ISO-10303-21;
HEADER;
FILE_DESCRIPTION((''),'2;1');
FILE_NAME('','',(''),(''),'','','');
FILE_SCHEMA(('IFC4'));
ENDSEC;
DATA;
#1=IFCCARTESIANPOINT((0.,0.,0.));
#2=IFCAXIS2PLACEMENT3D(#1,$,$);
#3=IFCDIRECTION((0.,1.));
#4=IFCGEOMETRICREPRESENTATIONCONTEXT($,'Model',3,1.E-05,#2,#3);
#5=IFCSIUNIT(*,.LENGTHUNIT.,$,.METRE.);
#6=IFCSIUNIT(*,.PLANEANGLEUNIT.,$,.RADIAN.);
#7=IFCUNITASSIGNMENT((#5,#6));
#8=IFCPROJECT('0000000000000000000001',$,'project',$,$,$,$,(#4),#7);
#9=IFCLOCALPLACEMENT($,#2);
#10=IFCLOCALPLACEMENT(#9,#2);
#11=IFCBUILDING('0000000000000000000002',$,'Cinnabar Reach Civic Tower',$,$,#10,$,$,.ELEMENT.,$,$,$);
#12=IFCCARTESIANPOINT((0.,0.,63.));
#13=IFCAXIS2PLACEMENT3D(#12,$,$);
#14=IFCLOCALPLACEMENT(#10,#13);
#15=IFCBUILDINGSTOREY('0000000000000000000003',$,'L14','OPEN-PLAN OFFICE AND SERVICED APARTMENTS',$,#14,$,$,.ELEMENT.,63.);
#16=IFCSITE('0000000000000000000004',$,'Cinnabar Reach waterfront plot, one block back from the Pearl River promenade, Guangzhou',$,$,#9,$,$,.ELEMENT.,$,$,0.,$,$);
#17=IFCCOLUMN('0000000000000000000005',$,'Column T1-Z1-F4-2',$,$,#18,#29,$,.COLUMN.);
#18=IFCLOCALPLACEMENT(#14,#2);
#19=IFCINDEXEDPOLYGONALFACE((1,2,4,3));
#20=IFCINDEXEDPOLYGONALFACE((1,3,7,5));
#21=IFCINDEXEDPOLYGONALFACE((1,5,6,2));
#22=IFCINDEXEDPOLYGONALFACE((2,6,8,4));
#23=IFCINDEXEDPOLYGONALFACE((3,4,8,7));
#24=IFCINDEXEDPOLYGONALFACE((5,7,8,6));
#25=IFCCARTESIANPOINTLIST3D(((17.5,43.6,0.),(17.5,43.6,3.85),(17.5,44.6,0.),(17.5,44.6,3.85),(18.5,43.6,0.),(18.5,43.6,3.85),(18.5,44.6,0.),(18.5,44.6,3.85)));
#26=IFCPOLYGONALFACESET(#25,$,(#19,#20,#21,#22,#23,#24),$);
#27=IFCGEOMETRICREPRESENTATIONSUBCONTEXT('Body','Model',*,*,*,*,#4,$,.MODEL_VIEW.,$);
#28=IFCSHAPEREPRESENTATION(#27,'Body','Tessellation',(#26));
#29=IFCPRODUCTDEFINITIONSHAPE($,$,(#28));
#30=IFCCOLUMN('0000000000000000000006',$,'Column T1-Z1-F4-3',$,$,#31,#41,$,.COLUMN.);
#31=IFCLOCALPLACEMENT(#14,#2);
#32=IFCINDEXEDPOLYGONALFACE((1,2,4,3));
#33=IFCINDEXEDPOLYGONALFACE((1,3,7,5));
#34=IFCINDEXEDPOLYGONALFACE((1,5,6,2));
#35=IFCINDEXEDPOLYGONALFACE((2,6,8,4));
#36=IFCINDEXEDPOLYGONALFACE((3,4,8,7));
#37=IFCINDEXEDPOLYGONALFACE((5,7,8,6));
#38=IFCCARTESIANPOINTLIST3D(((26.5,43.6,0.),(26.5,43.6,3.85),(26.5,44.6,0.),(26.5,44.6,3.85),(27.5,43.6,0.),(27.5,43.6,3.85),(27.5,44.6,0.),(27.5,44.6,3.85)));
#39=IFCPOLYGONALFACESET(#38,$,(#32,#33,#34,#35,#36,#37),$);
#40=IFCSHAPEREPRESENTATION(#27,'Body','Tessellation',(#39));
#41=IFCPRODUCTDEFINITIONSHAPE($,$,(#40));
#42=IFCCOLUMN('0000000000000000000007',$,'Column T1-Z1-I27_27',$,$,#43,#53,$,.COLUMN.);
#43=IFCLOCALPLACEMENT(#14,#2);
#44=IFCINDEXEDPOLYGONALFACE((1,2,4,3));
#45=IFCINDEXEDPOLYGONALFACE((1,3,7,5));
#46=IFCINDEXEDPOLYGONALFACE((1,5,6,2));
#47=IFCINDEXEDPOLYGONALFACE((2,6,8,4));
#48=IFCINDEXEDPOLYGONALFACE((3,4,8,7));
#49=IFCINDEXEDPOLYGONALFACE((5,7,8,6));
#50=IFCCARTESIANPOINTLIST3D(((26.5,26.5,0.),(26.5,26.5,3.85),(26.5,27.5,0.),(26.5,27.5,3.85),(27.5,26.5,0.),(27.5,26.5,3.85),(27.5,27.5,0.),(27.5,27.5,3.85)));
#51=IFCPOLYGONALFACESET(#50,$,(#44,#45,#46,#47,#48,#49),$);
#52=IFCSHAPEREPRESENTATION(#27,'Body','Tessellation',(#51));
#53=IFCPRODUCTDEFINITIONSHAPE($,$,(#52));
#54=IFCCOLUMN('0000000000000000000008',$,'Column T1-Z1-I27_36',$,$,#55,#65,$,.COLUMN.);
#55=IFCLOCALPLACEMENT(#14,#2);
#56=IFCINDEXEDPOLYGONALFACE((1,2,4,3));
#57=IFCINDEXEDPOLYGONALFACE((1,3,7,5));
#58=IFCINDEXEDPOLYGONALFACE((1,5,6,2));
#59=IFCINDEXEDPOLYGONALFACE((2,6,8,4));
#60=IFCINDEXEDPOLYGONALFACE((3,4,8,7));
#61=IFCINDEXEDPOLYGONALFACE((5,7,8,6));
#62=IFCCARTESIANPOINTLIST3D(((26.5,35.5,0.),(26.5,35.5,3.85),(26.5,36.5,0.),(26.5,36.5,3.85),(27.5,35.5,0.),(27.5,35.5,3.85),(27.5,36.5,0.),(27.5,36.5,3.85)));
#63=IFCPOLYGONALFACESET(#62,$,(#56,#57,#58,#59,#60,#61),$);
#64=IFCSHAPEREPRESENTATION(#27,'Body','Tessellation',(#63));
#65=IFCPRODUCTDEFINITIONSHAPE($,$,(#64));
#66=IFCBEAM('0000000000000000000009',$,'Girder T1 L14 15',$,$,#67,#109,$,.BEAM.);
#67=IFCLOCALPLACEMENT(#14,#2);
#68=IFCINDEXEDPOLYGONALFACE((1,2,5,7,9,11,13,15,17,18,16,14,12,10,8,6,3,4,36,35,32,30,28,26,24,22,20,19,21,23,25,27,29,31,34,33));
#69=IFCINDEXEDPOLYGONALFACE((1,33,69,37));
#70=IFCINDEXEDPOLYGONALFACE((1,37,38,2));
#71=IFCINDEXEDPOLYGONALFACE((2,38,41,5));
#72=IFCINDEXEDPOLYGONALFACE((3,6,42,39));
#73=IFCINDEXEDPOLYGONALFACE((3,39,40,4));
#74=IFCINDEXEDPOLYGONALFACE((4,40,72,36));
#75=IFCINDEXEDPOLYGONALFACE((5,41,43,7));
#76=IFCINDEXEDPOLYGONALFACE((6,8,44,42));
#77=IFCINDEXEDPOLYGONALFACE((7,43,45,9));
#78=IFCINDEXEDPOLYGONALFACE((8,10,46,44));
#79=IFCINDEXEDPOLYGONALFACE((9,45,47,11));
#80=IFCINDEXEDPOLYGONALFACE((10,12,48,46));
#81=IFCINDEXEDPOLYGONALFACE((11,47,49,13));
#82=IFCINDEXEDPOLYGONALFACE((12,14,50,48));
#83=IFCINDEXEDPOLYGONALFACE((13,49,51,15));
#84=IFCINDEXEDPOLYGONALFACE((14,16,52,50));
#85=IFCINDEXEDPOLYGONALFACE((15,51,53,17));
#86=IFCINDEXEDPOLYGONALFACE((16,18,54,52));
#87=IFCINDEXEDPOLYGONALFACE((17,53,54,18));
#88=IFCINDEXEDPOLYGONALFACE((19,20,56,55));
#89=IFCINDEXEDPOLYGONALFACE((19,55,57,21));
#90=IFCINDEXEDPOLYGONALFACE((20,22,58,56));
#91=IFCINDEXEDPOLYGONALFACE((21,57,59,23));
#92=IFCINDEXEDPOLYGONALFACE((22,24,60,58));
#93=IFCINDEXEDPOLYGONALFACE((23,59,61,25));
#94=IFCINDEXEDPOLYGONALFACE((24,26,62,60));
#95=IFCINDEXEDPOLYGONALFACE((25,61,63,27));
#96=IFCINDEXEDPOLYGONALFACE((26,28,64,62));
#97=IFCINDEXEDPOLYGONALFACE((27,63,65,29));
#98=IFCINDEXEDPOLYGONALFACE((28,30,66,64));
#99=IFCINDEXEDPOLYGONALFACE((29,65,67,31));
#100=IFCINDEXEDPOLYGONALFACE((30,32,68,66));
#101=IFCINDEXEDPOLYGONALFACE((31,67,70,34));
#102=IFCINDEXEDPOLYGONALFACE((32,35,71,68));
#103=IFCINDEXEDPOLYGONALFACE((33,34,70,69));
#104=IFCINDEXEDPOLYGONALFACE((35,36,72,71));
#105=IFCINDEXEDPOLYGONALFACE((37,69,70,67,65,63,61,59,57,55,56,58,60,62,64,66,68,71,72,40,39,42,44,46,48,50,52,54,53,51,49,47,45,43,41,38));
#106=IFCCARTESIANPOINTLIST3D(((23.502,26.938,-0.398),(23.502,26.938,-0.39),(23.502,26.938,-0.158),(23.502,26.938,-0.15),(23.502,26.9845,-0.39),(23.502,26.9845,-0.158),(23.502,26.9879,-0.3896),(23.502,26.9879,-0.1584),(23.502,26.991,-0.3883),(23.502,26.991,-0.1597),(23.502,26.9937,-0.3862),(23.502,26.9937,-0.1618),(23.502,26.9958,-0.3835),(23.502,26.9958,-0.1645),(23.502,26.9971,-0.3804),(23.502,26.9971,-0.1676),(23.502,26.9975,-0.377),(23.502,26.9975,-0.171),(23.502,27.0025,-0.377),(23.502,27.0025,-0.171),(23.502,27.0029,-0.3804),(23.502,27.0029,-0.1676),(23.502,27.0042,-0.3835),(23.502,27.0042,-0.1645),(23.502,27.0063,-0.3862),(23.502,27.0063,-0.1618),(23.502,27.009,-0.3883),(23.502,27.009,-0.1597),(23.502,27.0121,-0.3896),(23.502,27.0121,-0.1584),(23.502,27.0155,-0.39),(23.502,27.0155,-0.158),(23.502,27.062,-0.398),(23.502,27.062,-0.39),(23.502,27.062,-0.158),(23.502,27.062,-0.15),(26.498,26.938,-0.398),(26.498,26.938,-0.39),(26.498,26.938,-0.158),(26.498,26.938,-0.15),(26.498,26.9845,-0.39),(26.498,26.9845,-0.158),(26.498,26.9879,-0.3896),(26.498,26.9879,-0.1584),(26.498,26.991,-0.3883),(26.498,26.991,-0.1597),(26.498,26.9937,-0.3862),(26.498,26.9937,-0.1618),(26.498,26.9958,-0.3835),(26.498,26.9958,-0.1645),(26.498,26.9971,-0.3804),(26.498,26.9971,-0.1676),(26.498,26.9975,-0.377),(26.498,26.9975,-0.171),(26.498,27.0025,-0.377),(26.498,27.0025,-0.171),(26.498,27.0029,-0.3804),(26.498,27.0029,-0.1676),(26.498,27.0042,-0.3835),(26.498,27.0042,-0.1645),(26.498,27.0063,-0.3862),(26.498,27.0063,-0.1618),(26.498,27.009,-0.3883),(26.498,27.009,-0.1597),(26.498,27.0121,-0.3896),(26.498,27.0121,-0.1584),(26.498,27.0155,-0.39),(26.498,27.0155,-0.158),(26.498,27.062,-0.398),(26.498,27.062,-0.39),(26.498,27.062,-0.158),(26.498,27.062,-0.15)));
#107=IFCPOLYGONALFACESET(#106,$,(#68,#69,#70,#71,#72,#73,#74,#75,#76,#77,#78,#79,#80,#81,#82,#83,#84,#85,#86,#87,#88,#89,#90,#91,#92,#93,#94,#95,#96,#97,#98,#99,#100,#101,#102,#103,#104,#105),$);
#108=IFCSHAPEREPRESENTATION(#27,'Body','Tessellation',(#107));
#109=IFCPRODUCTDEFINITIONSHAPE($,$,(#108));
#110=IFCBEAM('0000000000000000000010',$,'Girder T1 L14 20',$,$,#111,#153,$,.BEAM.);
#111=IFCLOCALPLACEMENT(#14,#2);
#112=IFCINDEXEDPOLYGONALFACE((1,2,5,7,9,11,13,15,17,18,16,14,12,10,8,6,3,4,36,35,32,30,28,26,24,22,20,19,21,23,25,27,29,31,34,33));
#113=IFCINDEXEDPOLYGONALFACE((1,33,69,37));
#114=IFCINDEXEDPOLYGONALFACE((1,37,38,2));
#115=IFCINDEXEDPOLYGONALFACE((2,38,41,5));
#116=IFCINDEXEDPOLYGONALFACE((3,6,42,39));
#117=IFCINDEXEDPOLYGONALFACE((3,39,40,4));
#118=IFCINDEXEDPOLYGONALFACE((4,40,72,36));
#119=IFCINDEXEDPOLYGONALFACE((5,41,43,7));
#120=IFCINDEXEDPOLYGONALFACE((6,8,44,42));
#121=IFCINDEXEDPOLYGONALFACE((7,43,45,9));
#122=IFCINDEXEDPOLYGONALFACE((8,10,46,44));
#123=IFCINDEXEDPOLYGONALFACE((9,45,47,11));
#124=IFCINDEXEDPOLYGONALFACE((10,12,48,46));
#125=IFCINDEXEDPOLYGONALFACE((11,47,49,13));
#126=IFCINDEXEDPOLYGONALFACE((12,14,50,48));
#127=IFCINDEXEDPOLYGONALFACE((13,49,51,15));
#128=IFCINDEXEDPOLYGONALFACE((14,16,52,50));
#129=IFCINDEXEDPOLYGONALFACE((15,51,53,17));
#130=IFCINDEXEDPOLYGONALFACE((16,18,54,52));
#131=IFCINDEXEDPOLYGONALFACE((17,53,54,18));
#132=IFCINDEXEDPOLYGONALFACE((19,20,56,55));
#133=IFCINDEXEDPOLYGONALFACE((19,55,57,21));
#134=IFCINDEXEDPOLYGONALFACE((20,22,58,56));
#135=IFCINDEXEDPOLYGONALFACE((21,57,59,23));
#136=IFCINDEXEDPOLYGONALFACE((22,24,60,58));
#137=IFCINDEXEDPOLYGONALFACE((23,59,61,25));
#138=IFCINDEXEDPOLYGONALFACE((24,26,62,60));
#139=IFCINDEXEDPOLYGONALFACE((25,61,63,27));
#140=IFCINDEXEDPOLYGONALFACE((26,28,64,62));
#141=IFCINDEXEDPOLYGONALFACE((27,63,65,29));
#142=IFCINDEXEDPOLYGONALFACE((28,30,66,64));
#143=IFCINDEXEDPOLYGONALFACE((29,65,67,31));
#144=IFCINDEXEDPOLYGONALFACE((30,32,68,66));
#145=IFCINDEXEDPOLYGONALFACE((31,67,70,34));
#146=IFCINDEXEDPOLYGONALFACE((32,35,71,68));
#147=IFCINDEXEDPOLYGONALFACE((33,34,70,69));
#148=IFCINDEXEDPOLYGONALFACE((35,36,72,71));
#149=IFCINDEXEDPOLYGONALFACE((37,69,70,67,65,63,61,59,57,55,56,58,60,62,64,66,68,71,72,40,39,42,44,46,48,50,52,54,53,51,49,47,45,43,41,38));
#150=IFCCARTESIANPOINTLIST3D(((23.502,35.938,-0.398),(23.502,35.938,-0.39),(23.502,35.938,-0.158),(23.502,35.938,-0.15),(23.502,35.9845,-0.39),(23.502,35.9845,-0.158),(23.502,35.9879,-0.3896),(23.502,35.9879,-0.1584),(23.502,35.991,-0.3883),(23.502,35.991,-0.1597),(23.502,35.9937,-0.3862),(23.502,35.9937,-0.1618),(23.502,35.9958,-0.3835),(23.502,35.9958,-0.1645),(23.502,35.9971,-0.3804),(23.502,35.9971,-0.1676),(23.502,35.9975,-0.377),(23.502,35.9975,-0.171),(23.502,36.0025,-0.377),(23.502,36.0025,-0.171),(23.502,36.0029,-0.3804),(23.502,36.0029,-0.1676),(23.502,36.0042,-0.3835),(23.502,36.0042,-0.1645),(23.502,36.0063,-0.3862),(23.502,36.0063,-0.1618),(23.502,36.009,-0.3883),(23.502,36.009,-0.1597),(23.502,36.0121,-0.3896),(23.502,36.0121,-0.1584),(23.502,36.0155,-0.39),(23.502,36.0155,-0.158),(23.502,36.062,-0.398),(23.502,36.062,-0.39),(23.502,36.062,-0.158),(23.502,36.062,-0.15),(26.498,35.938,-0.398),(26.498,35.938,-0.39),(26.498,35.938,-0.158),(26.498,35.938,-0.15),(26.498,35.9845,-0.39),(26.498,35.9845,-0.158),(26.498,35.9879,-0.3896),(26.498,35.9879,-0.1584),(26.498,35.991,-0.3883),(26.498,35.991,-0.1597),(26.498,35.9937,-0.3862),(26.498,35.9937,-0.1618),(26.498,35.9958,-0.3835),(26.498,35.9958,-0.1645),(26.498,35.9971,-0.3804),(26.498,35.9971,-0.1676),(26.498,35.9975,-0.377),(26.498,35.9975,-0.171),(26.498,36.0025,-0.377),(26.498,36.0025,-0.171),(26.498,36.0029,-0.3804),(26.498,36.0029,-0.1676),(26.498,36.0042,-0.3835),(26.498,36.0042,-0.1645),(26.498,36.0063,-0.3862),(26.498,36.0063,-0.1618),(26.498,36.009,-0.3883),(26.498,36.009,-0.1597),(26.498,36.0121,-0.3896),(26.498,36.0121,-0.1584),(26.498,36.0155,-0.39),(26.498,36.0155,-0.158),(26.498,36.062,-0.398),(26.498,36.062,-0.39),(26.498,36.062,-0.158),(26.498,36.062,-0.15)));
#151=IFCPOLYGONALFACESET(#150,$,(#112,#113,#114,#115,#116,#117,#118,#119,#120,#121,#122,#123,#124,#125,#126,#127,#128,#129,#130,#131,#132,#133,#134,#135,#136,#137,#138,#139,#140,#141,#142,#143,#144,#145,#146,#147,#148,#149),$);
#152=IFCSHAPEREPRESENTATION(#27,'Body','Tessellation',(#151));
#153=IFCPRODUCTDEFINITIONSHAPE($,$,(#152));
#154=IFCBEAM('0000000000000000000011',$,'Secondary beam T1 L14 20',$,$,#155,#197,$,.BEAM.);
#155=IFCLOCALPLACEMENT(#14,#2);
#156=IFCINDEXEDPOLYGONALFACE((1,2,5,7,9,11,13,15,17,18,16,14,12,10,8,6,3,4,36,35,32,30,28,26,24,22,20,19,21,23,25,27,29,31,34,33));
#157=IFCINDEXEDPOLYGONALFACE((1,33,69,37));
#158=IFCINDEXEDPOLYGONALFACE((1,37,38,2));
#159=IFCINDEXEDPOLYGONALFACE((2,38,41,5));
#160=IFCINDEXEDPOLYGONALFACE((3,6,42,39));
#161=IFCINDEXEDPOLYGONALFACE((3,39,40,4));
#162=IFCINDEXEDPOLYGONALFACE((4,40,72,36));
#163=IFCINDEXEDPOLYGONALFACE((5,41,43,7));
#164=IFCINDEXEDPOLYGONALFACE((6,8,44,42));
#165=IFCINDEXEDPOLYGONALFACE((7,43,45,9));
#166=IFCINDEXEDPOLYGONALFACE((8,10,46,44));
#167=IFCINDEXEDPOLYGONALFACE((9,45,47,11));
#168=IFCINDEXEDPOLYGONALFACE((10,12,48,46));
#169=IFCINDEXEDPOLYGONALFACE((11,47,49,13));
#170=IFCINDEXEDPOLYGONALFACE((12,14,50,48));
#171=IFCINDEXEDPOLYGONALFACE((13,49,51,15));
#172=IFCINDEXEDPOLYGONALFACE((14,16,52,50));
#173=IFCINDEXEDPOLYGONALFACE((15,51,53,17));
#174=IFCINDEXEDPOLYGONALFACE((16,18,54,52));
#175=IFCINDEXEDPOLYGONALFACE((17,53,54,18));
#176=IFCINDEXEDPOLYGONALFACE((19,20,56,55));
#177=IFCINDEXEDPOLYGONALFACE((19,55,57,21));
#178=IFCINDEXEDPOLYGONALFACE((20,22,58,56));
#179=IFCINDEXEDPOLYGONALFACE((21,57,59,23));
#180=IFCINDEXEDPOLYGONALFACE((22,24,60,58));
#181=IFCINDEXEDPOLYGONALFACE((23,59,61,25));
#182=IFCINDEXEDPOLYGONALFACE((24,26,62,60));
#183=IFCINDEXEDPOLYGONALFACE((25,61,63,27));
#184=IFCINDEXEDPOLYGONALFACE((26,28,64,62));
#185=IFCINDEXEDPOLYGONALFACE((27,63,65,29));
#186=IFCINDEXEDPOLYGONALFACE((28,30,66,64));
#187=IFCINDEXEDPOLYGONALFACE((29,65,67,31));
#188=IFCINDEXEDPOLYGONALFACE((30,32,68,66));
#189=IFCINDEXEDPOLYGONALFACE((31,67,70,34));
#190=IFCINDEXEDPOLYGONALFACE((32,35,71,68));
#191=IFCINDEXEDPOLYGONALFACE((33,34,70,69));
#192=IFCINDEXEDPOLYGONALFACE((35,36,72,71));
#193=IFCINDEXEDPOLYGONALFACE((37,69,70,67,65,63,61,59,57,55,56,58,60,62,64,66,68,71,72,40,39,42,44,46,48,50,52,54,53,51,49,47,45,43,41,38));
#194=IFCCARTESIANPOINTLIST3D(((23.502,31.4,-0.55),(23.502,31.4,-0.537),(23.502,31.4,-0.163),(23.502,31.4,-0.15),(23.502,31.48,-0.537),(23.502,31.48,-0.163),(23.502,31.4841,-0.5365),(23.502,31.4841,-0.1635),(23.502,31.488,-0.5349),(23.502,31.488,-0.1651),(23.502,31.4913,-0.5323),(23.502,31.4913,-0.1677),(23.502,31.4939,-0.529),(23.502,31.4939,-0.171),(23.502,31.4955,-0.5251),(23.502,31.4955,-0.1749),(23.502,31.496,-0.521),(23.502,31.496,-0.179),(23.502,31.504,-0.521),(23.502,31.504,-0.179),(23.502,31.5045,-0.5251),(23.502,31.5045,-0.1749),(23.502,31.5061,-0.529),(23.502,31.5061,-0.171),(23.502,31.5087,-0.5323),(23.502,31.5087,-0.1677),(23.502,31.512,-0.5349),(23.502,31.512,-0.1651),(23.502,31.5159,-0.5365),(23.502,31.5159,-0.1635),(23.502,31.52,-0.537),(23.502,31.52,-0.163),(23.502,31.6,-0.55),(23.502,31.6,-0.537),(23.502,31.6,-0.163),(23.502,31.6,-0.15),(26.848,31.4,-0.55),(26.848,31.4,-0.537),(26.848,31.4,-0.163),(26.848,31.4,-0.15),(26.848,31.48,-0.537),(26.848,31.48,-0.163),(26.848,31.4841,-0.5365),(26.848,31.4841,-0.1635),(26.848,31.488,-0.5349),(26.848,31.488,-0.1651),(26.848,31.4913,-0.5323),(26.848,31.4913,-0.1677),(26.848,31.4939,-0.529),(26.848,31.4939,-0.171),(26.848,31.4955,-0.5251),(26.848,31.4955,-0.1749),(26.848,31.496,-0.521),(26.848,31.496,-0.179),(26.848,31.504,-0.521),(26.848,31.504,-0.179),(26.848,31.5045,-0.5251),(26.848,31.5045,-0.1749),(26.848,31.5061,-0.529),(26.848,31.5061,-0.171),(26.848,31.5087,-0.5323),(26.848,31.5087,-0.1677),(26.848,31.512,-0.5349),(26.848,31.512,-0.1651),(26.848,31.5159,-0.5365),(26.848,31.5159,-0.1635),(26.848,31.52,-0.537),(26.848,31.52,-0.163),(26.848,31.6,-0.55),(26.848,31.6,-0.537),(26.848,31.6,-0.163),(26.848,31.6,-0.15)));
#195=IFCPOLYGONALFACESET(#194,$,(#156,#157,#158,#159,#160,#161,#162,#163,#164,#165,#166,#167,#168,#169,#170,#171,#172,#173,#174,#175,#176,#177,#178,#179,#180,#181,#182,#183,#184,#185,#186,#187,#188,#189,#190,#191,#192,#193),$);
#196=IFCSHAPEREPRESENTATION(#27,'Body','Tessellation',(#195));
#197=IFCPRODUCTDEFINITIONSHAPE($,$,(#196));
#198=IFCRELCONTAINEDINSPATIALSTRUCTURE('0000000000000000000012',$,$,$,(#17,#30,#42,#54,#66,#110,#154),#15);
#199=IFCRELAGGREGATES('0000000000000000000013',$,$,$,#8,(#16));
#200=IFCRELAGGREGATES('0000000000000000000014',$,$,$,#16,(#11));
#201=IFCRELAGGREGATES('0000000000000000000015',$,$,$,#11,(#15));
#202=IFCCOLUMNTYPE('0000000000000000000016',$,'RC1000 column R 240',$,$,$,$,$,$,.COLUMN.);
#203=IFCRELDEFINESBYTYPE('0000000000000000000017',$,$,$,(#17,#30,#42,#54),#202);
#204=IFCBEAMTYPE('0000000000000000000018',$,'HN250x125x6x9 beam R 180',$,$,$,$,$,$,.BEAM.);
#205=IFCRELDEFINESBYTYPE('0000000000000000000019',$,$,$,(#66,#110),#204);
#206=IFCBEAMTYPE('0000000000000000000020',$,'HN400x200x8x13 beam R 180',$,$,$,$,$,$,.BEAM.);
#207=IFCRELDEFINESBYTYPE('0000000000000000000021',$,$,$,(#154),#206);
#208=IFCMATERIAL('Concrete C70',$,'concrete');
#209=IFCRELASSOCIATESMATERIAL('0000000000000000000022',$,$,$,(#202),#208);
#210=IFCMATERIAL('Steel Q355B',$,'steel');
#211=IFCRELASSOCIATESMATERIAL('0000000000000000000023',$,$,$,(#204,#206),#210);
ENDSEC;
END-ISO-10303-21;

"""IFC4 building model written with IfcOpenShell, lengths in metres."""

from ifc_helpers import new_model, si_unit, direction, frame, origin, origin_2d, place, context, subcontext, project, spatial, rectangle, i_section, extrude, material, material_profile, profile_set, type_object, element, save


model = new_model("IFC4")

# Units and contexts
model_context = context("Model", 3, precision=1e-05, world=origin(), true_north=direction((0.0, 1.0)))
body_context = subcontext(model_context, "Body", "Model", "MODEL_VIEW")
ifc_project = project(units=[si_unit("LENGTHUNIT", "METRE"), si_unit("PLANEANGLEUNIT", "RADIAN")], contexts=[model_context])

# Site, building, storey
site_placement = place(None, origin())
site = spatial("IfcSite", under=ifc_project, at=site_placement, Name="Cinnabar Reach waterfront plot, one block back from the Pearl River promenade, Guangzhou", CompositionType="ELEMENT", RefElevation=0.0)
building_placement = place(site_placement, origin())
building = spatial("IfcBuilding", under=site, at=building_placement, Name="Cinnabar Reach Civic Tower", CompositionType="ELEMENT")
storey_placement = place(building_placement, frame((0.0, 0.0, 63.0)))
storey = spatial("IfcBuildingStorey", under=building, at=storey_placement, Name="L14", Description="OPEN-PLAN OFFICE AND SERVICED APARTMENTS", CompositionType="ELEMENT", Elevation=63.0)

# Columns
ifc_material_1 = material(Name="Concrete C70", Category="concrete")
ifc_material_profile_1 = material_profile(ifc_material_1, rectangle(XDim=1.0, YDim=1.0, at=origin_2d()), Name="RC1000")
ifc_profile_set_1 = profile_set([ifc_material_profile_1], Name="Concrete C70")
column_type = type_object("IfcColumnType", Name="RC1000 column R 240", PredefinedType="COLUMN", material=ifc_profile_set_1)
for number, where, z_axis, x_axis, name in (
    (1, (18.0, 44.1, 0.0), (0.0, 0.0, 1.0), (1.0, 0.0, 0.0), "Column T1-Z1-F4-2"),
    (2, (27.0, 44.1, 0.0), (0.0, 0.0, 1.0), (1.0, 0.0, 0.0), "Column T1-Z1-F4-3"),
    (3, (27.0, 27.0, 0.0), (0.0, 0.0, 1.0), (1.0, 0.0, 0.0), "Column T1-Z1-I27_27"),
    (4, (27.0, 36.0, 0.0), (0.0, 0.0, 1.0), (1.0, 0.0, 0.0), "Column T1-Z1-I27_36"),
):
    element("IfcColumn", number, at=place(storey_placement, frame(where, z_axis=z_axis, x_axis=x_axis)), inside=storey, type_object=column_type, Name=name, PredefinedType="COLUMN", context=body_context, shape_type="SweptSolid", body=[
        extrude(rectangle(XDim=1.0, YDim=1.0, at=origin_2d()), origin(), (0.0, 0.0, 1.0), 3.85),
    ])

# Beams
ifc_material_2 = material(Name="Steel Q355B", Category="steel")
ifc_material_profile_2 = material_profile(ifc_material_2, i_section(OverallWidth=0.124, OverallDepth=0.248, WebThickness=0.005, FlangeThickness=0.008, FilletRadius=0.013, at=origin_2d()), Name="HN250x125x6x9")
ifc_profile_set_2 = profile_set([ifc_material_profile_2], Name="Steel Q355B")
beam_type_1 = type_object("IfcBeamType", Name="HN250x125x6x9 beam R 180", PredefinedType="BEAM", material=ifc_profile_set_2)
for number, where, z_axis, x_axis, name in (
    (5, (23.502, 27.0, -0.274), (1.0, 0.0, 0.0), (0.0, 1.0, 0.0), "Girder T1 L14 15"),
    (6, (23.502, 36.0, -0.274), (1.0, 0.0, 0.0), (0.0, 1.0, 0.0), "Girder T1 L14 20"),
):
    element("IfcBeam", number, at=place(storey_placement, frame(where, z_axis=z_axis, x_axis=x_axis)), inside=storey, type_object=beam_type_1, Name=name, PredefinedType="BEAM", context=body_context, shape_type="SweptSolid", body=[
        extrude(i_section(OverallWidth=0.124, OverallDepth=0.248, WebThickness=0.005, FlangeThickness=0.008, FilletRadius=0.013, at=origin_2d()), origin(), (0.0, 0.0, 1.0), 2.996),
    ])
ifc_material_profile_3 = material_profile(ifc_material_2, i_section(OverallWidth=0.2, OverallDepth=0.4, WebThickness=0.008, FlangeThickness=0.013, FilletRadius=0.016, at=origin_2d()), Name="HN400x200x8x13")
ifc_profile_set_3 = profile_set([ifc_material_profile_3], Name="Steel Q355B")
beam_type_2 = type_object("IfcBeamType", Name="HN400x200x8x13 beam R 180", PredefinedType="BEAM", material=ifc_profile_set_3)
for number, where, z_axis, x_axis, name in (
    (7, (23.502, 31.5, -0.35), (1.0, 0.0, 0.0), (0.0, 1.0, 0.0), "Secondary beam T1 L14 20"),
):
    element("IfcBeam", number, at=place(storey_placement, frame(where, z_axis=z_axis, x_axis=x_axis)), inside=storey, type_object=beam_type_2, Name=name, PredefinedType="BEAM", context=body_context, shape_type="SweptSolid", body=[
        extrude(i_section(OverallWidth=0.2, OverallDepth=0.4, WebThickness=0.008, FlangeThickness=0.013, FilletRadius=0.016, at=origin_2d()), origin(), (0.0, 0.0, 1.0), 3.346),
    ])

save(model, "model.ifc")
